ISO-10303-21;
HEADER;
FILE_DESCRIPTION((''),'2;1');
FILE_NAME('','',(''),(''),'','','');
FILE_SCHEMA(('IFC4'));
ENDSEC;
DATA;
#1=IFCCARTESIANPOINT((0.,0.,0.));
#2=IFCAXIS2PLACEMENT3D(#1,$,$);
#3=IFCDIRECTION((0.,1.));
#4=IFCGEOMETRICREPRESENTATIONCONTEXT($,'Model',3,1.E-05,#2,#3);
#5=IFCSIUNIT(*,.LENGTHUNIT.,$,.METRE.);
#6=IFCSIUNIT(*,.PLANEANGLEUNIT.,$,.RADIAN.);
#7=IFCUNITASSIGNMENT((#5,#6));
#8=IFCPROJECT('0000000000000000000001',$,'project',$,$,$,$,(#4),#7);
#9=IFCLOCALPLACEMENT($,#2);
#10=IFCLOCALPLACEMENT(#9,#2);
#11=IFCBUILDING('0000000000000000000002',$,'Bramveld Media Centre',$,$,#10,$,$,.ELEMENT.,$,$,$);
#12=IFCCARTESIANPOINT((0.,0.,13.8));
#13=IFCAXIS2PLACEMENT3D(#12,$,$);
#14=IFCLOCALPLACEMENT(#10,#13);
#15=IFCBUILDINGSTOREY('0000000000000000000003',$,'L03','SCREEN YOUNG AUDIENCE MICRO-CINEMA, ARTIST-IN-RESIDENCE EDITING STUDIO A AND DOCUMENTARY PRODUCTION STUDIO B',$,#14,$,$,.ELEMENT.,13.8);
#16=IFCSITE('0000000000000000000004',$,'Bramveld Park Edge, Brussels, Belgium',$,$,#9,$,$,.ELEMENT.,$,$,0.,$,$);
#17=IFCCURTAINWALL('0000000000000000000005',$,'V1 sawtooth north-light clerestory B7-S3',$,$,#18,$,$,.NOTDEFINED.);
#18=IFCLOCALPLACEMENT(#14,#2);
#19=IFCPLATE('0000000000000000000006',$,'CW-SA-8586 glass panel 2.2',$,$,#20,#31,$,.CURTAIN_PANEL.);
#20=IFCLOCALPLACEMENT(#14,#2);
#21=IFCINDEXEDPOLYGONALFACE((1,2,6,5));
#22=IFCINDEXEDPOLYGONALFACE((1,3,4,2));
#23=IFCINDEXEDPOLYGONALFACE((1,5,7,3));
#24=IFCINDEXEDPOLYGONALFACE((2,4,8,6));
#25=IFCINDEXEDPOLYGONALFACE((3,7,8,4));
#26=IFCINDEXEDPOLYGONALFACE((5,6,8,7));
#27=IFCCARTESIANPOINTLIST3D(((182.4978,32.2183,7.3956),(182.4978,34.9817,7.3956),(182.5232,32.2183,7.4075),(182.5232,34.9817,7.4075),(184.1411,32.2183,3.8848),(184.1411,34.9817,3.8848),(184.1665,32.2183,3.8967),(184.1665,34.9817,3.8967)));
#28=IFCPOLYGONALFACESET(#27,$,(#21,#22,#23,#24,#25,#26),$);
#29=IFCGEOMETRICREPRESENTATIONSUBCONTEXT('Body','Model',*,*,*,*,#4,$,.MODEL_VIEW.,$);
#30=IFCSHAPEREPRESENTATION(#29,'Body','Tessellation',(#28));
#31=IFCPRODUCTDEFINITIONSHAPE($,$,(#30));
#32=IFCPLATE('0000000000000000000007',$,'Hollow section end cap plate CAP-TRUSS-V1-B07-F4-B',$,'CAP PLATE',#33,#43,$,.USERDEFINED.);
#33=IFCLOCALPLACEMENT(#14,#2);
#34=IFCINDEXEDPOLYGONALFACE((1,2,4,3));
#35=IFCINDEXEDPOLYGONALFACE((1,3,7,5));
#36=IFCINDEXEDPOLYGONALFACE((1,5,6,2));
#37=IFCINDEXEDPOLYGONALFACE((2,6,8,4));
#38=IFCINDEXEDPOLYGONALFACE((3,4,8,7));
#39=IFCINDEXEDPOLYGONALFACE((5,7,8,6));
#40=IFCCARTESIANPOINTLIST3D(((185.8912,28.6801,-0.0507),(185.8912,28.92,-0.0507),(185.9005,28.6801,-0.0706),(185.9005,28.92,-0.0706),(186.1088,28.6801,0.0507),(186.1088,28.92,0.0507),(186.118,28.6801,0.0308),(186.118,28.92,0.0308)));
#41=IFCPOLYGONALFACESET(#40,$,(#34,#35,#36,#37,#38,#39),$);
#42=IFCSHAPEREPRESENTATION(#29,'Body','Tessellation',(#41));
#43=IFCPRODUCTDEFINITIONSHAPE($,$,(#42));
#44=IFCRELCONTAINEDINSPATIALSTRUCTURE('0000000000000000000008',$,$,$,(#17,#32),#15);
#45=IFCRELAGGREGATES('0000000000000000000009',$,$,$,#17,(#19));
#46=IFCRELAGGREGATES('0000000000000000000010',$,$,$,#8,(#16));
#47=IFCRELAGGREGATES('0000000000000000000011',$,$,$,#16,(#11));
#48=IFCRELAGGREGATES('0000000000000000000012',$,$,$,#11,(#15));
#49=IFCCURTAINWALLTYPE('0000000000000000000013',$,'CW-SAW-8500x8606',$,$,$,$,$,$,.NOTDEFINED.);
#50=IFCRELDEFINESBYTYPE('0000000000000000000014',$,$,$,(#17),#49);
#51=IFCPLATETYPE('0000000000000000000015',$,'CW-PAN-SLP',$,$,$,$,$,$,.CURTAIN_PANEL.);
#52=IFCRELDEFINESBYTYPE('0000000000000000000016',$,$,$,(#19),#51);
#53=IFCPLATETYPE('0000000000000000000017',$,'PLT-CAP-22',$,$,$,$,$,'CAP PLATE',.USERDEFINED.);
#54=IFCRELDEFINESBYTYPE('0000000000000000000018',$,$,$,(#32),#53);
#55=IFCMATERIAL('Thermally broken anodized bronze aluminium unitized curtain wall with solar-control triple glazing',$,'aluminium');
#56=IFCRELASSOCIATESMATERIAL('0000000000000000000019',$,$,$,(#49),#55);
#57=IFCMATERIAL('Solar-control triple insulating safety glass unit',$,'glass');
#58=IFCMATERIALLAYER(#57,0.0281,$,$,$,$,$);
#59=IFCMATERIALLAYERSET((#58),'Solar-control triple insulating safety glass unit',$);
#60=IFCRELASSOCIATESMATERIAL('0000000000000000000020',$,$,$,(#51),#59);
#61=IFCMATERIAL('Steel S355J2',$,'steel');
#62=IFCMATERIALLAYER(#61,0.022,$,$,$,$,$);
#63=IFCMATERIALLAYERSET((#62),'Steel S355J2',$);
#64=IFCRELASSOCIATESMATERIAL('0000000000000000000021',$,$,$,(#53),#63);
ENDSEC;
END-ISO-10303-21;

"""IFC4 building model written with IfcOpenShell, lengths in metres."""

from ifc_helpers import new_model, si_unit, direction, frame, origin, origin_2d, place, context, subcontext, project, spatial, polyline, rectangle, outline, extrude, material, layer, layer_set, type_object, element, aggregate, save


model = new_model("IFC4")

# Units and contexts
model_context = context("Model", 3, precision=1e-05, world=origin(), true_north=direction((0.0, 1.0)))
body_context = subcontext(model_context, "Body", "Model", "MODEL_VIEW")
ifc_project = project(units=[si_unit("LENGTHUNIT", "METRE"), si_unit("PLANEANGLEUNIT", "RADIAN")], contexts=[model_context])

# Site, building, storey
site_placement = place(None, origin())
site = spatial("IfcSite", under=ifc_project, at=site_placement, Name="Bramveld Park Edge, Brussels, Belgium", CompositionType="ELEMENT", RefElevation=0.0)
building_placement = place(site_placement, origin())
building = spatial("IfcBuilding", under=site, at=building_placement, Name="Bramveld Media Centre", CompositionType="ELEMENT")
storey_placement = place(building_placement, frame((0.0, 0.0, 13.8)))
storey = spatial("IfcBuildingStorey", under=building, at=storey_placement, Name="L03", Description="SCREEN YOUNG AUDIENCE MICRO-CINEMA, ARTIST-IN-RESIDENCE EDITING STUDIO A AND DOCUMENTARY PRODUCTION STUDIO B", CompositionType="ELEMENT", Elevation=13.8)

# Curtain wall
ifc_material_1 = material(Name="Thermally broken anodized bronze aluminium unitized curtain wall with solar-control triple glazing", Category="aluminium")
curtain_wall_type = type_object("IfcCurtainWallType", Name="CW-SAW-8500x8606", PredefinedType="NOTDEFINED", material=ifc_material_1)
curtain_wall_1_placement = place(storey_placement, origin())
curtain_wall_1 = element("IfcCurtainWall", 1, at=curtain_wall_1_placement, inside=storey, type_object=curtain_wall_type, Name="V1 sawtooth north-light clerestory B7-S3", PredefinedType="NOTDEFINED")

# Plates
ifc_material_2 = material(Name="Solar-control triple insulating safety glass unit", Category="glass")
ifc_layer_1 = layer(ifc_material_2, 0.0281)
ifc_layer_set_1 = layer_set([ifc_layer_1], Name="Solar-control triple insulating safety glass unit")
plate_type_1 = type_object("IfcPlateType", Name="CW-PAN-SLP", PredefinedType="CURTAIN_PANEL", material=ifc_layer_set_1)
plate_1_placement = place(storey_placement, frame((184.1665, 32.2183, 3.8967), z_axis=(0.905692, 0.0, 0.423937), x_axis=(0.0, 1.0, 0.0)))
plate_1 = element("IfcPlate", 2, at=plate_1_placement, type_object=plate_type_1, Name="CW-SA-8586 glass panel 2.2", PredefinedType="CURTAIN_PANEL", context=body_context, shape_type="SweptSolid", body=[
    extrude(outline(polyline([(0.0, 0.0), (2.7634, 0.0), (2.7634, 3.8763), (0.0, 3.8763), (0.0, 0.0)])), origin(), (0.0, 0.0, -1.0), 0.0281),
])
aggregate(curtain_wall_1, [plate_1])
ifc_material_3 = material(Name="Steel S355J2", Category="steel")
ifc_layer_2 = layer(ifc_material_3, 0.022)
ifc_layer_set_2 = layer_set([ifc_layer_2], Name="Steel S355J2")
plate_type_2 = type_object("IfcPlateType", Name="PLT-CAP-22", ElementType="CAP PLATE", PredefinedType="USERDEFINED", material=ifc_layer_set_2)
plate_2_placement = place(storey_placement, frame((186.0, 28.8, 0.0), z_axis=(0.422618, 0.0, -0.906308), x_axis=(0.0, 1.0, 0.0)))
element("IfcPlate", 3, at=plate_2_placement, inside=storey, type_object=plate_type_2, Name="Hollow section end cap plate CAP-TRUSS-V1-B07-F4-B", ObjectType="CAP PLATE", PredefinedType="USERDEFINED", context=body_context, shape_type="SweptSolid", body=[
    extrude(rectangle(XDim=0.24, YDim=0.24, at=origin_2d()), origin(), (0.0, 0.0, 1.0), 0.022),
])

save(model, "model.ifc")
